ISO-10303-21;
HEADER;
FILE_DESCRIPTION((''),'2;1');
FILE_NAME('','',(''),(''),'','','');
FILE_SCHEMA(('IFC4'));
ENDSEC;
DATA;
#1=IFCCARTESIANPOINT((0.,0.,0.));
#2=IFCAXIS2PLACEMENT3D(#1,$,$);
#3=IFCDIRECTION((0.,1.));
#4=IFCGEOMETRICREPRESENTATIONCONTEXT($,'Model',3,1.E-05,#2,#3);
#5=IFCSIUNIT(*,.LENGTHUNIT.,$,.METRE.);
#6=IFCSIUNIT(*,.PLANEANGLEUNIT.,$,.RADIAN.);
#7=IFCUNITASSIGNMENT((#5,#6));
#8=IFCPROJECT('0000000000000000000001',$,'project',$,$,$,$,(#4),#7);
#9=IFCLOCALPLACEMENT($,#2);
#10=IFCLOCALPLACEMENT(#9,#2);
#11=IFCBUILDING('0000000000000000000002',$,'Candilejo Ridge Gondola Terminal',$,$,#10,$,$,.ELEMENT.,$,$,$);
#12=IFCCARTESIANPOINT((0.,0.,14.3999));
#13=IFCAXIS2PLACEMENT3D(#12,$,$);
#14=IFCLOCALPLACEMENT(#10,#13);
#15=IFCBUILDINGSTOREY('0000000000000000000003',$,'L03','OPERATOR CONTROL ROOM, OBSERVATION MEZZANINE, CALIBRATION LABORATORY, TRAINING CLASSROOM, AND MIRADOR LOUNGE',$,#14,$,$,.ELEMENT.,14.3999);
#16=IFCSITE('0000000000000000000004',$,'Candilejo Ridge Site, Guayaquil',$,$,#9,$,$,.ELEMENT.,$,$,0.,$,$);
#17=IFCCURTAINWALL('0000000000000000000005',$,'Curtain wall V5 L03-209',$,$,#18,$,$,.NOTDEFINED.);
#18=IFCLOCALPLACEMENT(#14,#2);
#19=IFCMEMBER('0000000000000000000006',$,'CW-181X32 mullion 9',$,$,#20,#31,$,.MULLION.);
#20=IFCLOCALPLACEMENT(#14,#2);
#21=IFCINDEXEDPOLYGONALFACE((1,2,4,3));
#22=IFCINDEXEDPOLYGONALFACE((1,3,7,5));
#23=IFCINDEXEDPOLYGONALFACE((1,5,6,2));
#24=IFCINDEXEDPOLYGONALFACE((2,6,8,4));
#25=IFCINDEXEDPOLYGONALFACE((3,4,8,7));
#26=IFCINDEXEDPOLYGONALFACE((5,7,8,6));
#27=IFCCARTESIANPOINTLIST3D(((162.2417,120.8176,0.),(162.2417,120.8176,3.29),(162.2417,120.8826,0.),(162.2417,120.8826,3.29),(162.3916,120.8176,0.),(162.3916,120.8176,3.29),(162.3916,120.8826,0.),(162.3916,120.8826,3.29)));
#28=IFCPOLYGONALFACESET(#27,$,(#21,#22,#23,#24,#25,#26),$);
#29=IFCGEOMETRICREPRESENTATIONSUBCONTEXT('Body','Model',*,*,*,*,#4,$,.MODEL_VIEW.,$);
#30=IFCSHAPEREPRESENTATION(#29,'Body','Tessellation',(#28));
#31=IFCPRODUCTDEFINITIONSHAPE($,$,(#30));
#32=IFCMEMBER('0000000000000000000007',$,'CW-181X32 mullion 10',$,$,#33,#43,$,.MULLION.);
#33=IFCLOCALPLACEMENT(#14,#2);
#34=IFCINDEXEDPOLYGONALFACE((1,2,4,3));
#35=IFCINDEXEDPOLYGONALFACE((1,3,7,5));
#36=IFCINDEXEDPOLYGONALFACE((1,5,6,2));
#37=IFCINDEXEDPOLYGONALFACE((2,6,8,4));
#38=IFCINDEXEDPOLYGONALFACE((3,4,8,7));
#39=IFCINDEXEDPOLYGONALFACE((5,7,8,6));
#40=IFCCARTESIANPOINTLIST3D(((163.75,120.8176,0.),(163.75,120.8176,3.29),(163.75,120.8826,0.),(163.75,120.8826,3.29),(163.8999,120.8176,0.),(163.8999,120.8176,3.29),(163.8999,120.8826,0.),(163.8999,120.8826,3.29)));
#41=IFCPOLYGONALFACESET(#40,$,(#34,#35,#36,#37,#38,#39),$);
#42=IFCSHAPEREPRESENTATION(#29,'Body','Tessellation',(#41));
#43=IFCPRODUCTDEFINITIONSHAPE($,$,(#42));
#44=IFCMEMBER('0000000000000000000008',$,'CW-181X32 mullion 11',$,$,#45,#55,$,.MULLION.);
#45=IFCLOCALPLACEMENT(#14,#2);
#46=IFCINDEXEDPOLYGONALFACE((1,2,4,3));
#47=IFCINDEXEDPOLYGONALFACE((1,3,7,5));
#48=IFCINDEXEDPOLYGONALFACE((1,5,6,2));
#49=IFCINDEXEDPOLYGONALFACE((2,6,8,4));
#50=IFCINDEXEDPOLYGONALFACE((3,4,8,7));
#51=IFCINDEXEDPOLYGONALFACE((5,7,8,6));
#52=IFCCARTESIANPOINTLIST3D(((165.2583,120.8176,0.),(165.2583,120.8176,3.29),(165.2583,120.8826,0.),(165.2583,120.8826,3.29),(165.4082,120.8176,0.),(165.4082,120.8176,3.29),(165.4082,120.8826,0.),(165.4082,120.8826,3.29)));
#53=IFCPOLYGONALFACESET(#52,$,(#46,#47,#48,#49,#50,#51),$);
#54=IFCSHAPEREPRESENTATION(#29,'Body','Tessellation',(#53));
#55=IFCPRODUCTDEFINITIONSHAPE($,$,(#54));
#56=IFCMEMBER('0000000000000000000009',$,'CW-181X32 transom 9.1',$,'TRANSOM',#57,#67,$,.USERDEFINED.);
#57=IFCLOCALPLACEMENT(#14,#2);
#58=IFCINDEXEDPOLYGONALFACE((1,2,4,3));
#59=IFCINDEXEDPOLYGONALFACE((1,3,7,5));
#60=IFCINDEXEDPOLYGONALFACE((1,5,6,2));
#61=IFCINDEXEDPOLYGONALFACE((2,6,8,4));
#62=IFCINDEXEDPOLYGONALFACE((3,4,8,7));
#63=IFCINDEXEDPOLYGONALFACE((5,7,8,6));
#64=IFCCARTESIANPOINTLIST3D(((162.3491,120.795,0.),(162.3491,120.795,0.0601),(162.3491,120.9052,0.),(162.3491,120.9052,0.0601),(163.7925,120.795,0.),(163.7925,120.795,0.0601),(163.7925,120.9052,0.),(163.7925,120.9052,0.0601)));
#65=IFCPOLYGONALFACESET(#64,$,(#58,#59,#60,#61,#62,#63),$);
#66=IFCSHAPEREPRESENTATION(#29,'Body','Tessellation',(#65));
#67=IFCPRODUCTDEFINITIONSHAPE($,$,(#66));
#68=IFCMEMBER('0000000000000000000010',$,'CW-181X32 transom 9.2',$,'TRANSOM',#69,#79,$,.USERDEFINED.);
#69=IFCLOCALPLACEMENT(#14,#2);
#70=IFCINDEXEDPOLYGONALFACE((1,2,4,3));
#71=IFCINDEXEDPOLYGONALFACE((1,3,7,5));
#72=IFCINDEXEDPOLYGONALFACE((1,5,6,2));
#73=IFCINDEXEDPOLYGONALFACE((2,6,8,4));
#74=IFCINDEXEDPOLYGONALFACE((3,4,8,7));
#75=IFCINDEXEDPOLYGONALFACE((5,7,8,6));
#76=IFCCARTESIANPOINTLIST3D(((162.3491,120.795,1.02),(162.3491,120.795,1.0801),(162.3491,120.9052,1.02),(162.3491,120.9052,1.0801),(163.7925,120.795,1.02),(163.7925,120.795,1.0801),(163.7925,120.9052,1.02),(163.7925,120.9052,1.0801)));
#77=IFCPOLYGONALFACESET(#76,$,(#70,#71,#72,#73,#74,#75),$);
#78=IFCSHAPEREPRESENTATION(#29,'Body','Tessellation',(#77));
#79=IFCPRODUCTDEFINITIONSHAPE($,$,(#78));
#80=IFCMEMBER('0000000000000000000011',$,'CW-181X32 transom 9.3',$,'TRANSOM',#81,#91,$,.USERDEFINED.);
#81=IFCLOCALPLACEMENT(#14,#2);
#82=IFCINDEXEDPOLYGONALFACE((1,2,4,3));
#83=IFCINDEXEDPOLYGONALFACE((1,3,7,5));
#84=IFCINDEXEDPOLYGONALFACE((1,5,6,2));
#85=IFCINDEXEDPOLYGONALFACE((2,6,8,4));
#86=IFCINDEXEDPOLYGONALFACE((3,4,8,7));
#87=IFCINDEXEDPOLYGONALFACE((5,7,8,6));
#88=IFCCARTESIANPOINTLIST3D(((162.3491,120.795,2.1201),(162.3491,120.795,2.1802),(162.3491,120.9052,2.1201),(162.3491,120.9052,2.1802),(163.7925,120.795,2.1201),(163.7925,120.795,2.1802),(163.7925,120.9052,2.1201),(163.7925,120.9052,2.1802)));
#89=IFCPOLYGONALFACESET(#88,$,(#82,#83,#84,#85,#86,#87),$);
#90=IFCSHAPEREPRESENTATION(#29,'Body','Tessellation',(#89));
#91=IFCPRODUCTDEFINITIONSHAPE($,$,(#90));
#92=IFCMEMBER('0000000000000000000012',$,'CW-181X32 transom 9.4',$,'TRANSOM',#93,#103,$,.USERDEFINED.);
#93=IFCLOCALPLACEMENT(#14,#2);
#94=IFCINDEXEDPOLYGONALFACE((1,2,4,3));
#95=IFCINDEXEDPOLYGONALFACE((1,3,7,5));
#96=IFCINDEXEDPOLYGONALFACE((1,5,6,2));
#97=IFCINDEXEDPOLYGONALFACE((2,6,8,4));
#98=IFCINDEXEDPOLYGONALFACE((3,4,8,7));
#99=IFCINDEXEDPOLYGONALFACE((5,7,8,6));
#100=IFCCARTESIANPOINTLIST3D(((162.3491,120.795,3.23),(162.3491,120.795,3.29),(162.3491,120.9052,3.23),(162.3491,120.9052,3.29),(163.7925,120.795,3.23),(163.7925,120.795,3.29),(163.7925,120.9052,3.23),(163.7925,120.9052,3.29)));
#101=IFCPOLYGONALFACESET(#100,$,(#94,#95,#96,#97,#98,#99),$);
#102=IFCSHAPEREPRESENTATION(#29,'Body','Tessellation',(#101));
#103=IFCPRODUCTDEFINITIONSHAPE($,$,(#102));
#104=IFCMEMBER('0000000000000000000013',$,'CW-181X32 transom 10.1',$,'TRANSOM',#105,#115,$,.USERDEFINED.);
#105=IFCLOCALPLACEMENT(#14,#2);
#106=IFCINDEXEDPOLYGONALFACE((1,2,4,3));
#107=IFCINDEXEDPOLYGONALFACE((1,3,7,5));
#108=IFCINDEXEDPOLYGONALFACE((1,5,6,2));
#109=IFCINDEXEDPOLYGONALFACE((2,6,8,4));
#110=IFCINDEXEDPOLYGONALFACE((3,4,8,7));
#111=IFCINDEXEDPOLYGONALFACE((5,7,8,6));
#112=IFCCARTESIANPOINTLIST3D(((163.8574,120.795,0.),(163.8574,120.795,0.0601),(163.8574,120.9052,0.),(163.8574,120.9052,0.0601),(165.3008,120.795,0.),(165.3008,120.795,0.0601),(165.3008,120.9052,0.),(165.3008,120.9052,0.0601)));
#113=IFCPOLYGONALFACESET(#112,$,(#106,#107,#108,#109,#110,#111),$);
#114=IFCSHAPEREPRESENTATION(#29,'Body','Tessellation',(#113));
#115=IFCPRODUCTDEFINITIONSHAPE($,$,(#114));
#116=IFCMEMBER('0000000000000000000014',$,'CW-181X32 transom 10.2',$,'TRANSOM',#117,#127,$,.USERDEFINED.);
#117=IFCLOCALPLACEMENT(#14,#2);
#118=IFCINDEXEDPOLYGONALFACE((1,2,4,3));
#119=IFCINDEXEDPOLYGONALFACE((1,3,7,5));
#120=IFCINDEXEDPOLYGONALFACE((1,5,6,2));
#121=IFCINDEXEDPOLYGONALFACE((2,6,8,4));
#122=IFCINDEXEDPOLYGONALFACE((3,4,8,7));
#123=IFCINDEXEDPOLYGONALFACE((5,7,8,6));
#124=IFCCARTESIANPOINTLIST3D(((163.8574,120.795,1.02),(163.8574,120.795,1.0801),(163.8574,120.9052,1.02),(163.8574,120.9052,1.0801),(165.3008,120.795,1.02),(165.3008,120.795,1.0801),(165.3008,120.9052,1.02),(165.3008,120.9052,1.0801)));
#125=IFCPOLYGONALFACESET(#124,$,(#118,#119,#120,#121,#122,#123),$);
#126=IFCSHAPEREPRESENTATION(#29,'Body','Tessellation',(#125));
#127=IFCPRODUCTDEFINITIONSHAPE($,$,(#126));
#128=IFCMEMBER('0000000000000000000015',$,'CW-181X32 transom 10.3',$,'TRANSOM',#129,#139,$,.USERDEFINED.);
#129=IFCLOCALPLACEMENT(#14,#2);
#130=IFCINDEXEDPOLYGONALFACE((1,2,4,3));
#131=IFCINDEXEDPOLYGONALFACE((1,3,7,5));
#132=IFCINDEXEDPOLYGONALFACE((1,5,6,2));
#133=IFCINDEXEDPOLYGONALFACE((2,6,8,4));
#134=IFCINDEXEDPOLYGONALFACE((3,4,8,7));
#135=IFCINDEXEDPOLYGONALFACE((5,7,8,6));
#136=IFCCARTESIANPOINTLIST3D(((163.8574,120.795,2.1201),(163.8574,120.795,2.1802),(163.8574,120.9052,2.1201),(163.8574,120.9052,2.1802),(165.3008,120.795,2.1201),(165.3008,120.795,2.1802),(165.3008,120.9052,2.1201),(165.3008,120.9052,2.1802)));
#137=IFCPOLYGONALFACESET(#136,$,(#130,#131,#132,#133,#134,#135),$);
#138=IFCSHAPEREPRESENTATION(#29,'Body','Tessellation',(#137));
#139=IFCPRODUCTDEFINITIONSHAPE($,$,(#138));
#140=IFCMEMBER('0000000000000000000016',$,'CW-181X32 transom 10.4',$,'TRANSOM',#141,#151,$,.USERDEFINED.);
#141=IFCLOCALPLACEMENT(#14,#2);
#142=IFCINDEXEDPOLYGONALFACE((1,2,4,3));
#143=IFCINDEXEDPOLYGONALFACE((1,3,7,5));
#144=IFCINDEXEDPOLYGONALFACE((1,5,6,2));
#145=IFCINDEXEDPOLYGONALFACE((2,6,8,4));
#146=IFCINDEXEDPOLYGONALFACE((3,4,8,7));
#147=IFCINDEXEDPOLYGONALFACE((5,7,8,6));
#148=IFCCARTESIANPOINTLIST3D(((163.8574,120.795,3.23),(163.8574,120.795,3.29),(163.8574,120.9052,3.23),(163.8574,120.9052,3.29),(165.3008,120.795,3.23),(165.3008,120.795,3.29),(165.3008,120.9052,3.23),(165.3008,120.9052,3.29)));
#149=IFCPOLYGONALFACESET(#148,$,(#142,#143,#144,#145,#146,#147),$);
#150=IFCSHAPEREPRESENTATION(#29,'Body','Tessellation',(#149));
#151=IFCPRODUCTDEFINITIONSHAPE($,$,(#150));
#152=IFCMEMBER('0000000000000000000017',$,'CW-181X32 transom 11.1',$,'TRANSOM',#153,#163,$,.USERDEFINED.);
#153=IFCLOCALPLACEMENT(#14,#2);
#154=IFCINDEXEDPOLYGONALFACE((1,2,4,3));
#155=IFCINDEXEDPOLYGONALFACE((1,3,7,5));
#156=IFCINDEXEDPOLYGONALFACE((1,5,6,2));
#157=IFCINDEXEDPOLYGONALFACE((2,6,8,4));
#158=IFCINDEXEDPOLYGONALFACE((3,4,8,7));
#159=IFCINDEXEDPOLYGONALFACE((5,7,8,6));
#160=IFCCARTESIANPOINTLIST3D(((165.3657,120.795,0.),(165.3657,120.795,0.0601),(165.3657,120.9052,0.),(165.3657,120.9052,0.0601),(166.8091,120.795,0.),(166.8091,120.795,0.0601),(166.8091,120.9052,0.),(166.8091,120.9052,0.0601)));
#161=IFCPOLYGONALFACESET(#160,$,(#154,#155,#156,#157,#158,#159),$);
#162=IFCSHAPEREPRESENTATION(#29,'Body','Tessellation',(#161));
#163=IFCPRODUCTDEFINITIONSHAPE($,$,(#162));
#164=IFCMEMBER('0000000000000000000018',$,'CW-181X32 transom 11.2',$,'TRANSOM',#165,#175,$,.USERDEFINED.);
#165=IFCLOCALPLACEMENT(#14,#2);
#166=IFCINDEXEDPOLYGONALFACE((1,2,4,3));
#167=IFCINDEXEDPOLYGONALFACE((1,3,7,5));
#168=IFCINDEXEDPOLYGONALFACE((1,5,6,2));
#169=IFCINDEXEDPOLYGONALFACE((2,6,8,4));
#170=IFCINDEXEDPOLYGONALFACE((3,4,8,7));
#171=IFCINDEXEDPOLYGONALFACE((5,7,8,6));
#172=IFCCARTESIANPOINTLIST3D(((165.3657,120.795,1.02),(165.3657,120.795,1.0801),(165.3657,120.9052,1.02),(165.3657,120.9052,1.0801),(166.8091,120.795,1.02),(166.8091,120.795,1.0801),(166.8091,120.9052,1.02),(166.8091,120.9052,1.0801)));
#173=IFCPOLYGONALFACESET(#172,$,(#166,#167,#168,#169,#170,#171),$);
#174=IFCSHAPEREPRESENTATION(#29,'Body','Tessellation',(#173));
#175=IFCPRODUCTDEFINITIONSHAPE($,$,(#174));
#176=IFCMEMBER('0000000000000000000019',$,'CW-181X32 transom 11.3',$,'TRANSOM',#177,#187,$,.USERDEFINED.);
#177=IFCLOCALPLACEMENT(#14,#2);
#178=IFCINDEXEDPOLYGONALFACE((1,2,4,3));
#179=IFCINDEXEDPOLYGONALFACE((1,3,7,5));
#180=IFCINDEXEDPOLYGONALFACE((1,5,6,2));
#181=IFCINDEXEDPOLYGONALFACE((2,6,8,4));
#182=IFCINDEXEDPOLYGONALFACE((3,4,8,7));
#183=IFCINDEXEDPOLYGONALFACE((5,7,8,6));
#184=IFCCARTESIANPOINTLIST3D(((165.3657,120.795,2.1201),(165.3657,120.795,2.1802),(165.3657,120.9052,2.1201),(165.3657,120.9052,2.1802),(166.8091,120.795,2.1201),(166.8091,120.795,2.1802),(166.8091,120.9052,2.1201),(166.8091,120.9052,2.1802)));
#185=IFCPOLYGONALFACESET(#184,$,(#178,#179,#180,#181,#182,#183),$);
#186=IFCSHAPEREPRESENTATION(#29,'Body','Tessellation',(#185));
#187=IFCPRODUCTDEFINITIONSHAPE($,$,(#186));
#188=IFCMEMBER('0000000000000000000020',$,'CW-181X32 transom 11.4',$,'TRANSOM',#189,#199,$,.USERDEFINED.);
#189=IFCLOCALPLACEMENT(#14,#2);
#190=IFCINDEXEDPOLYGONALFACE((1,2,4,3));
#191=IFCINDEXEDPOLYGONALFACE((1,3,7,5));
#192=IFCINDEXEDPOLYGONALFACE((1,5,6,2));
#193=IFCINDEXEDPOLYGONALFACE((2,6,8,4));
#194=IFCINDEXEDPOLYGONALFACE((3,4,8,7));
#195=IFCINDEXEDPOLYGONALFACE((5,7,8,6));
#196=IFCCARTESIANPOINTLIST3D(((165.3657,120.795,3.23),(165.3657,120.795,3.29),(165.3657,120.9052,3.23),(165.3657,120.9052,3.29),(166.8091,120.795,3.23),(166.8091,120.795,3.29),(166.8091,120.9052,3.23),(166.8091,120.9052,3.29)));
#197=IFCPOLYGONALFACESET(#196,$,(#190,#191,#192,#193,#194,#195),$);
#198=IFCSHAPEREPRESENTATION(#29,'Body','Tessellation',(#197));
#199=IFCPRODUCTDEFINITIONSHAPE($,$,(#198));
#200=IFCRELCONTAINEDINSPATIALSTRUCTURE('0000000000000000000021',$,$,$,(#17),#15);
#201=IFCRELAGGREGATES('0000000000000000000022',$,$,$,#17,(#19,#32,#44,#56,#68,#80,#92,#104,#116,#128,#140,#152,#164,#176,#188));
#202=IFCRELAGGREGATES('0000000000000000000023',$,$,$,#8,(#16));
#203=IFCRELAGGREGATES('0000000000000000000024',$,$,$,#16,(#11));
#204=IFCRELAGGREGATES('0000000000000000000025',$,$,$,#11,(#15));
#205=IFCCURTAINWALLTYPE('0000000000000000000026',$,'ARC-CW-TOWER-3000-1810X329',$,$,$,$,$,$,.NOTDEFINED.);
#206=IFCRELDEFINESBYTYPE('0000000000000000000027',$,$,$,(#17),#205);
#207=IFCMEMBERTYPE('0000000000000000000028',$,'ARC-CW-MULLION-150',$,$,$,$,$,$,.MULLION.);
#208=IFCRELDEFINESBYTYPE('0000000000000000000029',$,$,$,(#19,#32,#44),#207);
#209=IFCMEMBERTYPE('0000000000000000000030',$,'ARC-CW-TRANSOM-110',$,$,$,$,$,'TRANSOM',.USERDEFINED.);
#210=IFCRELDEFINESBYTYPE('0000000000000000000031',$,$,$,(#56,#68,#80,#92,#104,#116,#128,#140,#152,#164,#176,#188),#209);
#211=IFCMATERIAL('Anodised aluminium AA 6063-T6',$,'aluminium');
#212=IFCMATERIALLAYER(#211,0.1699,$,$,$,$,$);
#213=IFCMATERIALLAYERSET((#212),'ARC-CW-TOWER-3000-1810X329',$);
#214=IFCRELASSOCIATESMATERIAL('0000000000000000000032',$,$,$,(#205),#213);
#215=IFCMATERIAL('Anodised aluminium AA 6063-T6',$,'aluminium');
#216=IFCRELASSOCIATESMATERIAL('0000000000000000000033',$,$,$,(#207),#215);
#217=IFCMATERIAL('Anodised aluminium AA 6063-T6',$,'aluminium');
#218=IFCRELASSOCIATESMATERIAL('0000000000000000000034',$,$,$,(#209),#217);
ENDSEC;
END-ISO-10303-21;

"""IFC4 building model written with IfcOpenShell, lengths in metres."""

from ifc_helpers import new_model, si_unit, direction, frame, origin, origin_2d, place, context, subcontext, project, spatial, rectangle, extrude, material, layer, layer_set, material_profile, profile_set, type_object, element, aggregate, save


model = new_model("IFC4")

# Units and contexts
model_context = context("Model", 3, precision=1e-05, world=origin(), true_north=direction((0.0, 1.0)))
body_context = subcontext(model_context, "Body", "Model", "MODEL_VIEW")
ifc_project = project(units=[si_unit("LENGTHUNIT", "METRE"), si_unit("PLANEANGLEUNIT", "RADIAN")], contexts=[model_context])

# Site, building, storey
site_placement = place(None, origin())
site = spatial("IfcSite", under=ifc_project, at=site_placement, Name="Candilejo Ridge Site, Guayaquil", CompositionType="ELEMENT", RefElevation=0.0)
building_placement = place(site_placement, origin())
building = spatial("IfcBuilding", under=site, at=building_placement, Name="Candilejo Ridge Gondola Terminal", CompositionType="ELEMENT")
storey_placement = place(building_placement, frame((0.0, 0.0, 14.3999)))
storey = spatial("IfcBuildingStorey", under=building, at=storey_placement, Name="L03", Description="OPERATOR CONTROL ROOM, OBSERVATION MEZZANINE, CALIBRATION LABORATORY, TRAINING CLASSROOM, AND MIRADOR LOUNGE", CompositionType="ELEMENT", Elevation=14.3999)

# Curtain wall, members
ifc_material_1 = material(Name="Anodised aluminium AA 6063-T6", Category="aluminium")
ifc_layer_1 = layer(ifc_material_1, 0.1699)
ifc_layer_set_1 = layer_set([ifc_layer_1], Name="ARC-CW-TOWER-3000-1810X329")
curtain_wall_type = type_object("IfcCurtainWallType", Name="ARC-CW-TOWER-3000-1810X329", PredefinedType="NOTDEFINED", material=ifc_layer_set_1)
curtain_wall_placement = place(storey_placement, origin())
curtain_wall = element("IfcCurtainWall", 1, at=curtain_wall_placement, inside=storey, type_object=curtain_wall_type, Name="Curtain wall V5 L03-209", PredefinedType="NOTDEFINED")
ifc_material_2 = material(Name="Anodised aluminium AA 6063-T6", Category="aluminium")
ifc_material_profile_1 = material_profile(ifc_material_2, rectangle(XDim=0.0649, YDim=0.1499, at=origin_2d()))
ifc_profile_set_1 = profile_set([ifc_material_profile_1], Name="Anodised aluminium AA 6063-T6")
member_type_1 = type_object("IfcMemberType", Name="ARC-CW-MULLION-150", PredefinedType="MULLION", material=ifc_profile_set_1)
member_1_placement = place(storey_placement, frame((162.3167, 120.8501, 0.0), z_axis=(0.0, 0.0, 1.0), x_axis=(0.0, 1.0, 0.0)))
member_1 = element("IfcMember", 2, at=member_1_placement, type_object=member_type_1, Name="CW-181X32 mullion 9", PredefinedType="MULLION", context=body_context, shape_type="SweptSolid", body=[
    extrude(rectangle(XDim=0.0649, YDim=0.1499, at=origin_2d()), origin(), (0.0, 0.0, 1.0), 3.29),
])
member_2_placement = place(storey_placement, frame((163.825, 120.8501, 0.0), z_axis=(0.0, 0.0, 1.0), x_axis=(0.0, 1.0, 0.0)))
member_2 = element("IfcMember", 3, at=member_2_placement, type_object=member_type_1, Name="CW-181X32 mullion 10", PredefinedType="MULLION", context=body_context, shape_type="SweptSolid", body=[
    extrude(rectangle(XDim=0.0649, YDim=0.1499, at=origin_2d()), origin(), (0.0, 0.0, 1.0), 3.29),
])
member_3_placement = place(storey_placement, frame((165.3333, 120.8501, 0.0), z_axis=(0.0, 0.0, 1.0), x_axis=(0.0, 1.0, 0.0)))
member_3 = element("IfcMember", 4, at=member_3_placement, type_object=member_type_1, Name="CW-181X32 mullion 11", PredefinedType="MULLION", context=body_context, shape_type="SweptSolid", body=[
    extrude(rectangle(XDim=0.0649, YDim=0.1499, at=origin_2d()), origin(), (0.0, 0.0, 1.0), 3.29),
])
ifc_material_3 = material(Name="Anodised aluminium AA 6063-T6", Category="aluminium")
ifc_material_profile_2 = material_profile(ifc_material_3, rectangle(XDim=0.1101, YDim=0.0601, at=origin_2d()))
ifc_profile_set_2 = profile_set([ifc_material_profile_2], Name="Anodised aluminium AA 6063-T6")
member_type_2 = type_object("IfcMemberType", Name="ARC-CW-TRANSOM-110", ElementType="TRANSOM", PredefinedType="USERDEFINED", material=ifc_profile_set_2)
member_4_placement = place(storey_placement, frame((162.3491, 120.8501, 0.03), z_axis=(1.0, 0.0, 0.0), x_axis=(0.0, 1.0, 0.0)))
member_4 = element("IfcMember", 5, at=member_4_placement, type_object=member_type_2, Name="CW-181X32 transom 9.1", ObjectType="TRANSOM", PredefinedType="USERDEFINED", context=body_context, shape_type="SweptSolid", body=[
    extrude(rectangle(XDim=0.1101, YDim=0.0601, at=origin_2d()), origin(), (0.0, 0.0, 1.0), 1.4434),
])
member_5_placement = place(storey_placement, frame((162.3491, 120.8501, 1.05), z_axis=(1.0, 0.0, 0.0), x_axis=(0.0, 1.0, 0.0)))
member_5 = element("IfcMember", 6, at=member_5_placement, type_object=member_type_2, Name="CW-181X32 transom 9.2", ObjectType="TRANSOM", PredefinedType="USERDEFINED", context=body_context, shape_type="SweptSolid", body=[
    extrude(rectangle(XDim=0.1101, YDim=0.0601, at=origin_2d()), origin(), (0.0, 0.0, 1.0), 1.4434),
])
member_6_placement = place(storey_placement, frame((162.3491, 120.8501, 2.1501), z_axis=(1.0, 0.0, 0.0), x_axis=(0.0, 1.0, 0.0)))
member_6 = element("IfcMember", 7, at=member_6_placement, type_object=member_type_2, Name="CW-181X32 transom 9.3", ObjectType="TRANSOM", PredefinedType="USERDEFINED", context=body_context, shape_type="SweptSolid", body=[
    extrude(rectangle(XDim=0.1101, YDim=0.0601, at=origin_2d()), origin(), (0.0, 0.0, 1.0), 1.4434),
])
member_7_placement = place(storey_placement, frame((162.3491, 120.8501, 3.26), z_axis=(1.0, 0.0, 0.0), x_axis=(0.0, 1.0, 0.0)))
member_7 = element("IfcMember", 8, at=member_7_placement, type_object=member_type_2, Name="CW-181X32 transom 9.4", ObjectType="TRANSOM", PredefinedType="USERDEFINED", context=body_context, shape_type="SweptSolid", body=[
    extrude(rectangle(XDim=0.1101, YDim=0.0601, at=origin_2d()), origin(), (0.0, 0.0, 1.0), 1.4434),
])
member_8_placement = place(storey_placement, frame((163.8574, 120.8501, 0.03), z_axis=(1.0, 0.0, 0.0), x_axis=(0.0, 1.0, 0.0)))
member_8 = element("IfcMember", 9, at=member_8_placement, type_object=member_type_2, Name="CW-181X32 transom 10.1", ObjectType="TRANSOM", PredefinedType="USERDEFINED", context=body_context, shape_type="SweptSolid", body=[
    extrude(rectangle(XDim=0.1101, YDim=0.0601, at=origin_2d()), origin(), (0.0, 0.0, 1.0), 1.4434),
])
member_9_placement = place(storey_placement, frame((163.8574, 120.8501, 1.05), z_axis=(1.0, 0.0, 0.0), x_axis=(0.0, 1.0, 0.0)))
member_9 = element("IfcMember", 10, at=member_9_placement, type_object=member_type_2, Name="CW-181X32 transom 10.2", ObjectType="TRANSOM", PredefinedType="USERDEFINED", context=body_context, shape_type="SweptSolid", body=[
    extrude(rectangle(XDim=0.1101, YDim=0.0601, at=origin_2d()), origin(), (0.0, 0.0, 1.0), 1.4434),
])
member_10_placement = place(storey_placement, frame((163.8574, 120.8501, 2.1501), z_axis=(1.0, 0.0, 0.0), x_axis=(0.0, 1.0, 0.0)))
member_10 = element("IfcMember", 11, at=member_10_placement, type_object=member_type_2, Name="CW-181X32 transom 10.3", ObjectType="TRANSOM", PredefinedType="USERDEFINED", context=body_context, shape_type="SweptSolid", body=[
    extrude(rectangle(XDim=0.1101, YDim=0.0601, at=origin_2d()), origin(), (0.0, 0.0, 1.0), 1.4434),
])
member_11_placement = place(storey_placement, frame((163.8574, 120.8501, 3.26), z_axis=(1.0, 0.0, 0.0), x_axis=(0.0, 1.0, 0.0)))
member_11 = element("IfcMember", 12, at=member_11_placement, type_object=member_type_2, Name="CW-181X32 transom 10.4", ObjectType="TRANSOM", PredefinedType="USERDEFINED", context=body_context, shape_type="SweptSolid", body=[
    extrude(rectangle(XDim=0.1101, YDim=0.0601, at=origin_2d()), origin(), (0.0, 0.0, 1.0), 1.4434),
])
member_12_placement = place(storey_placement, frame((165.3657, 120.8501, 0.03), z_axis=(1.0, 0.0, 0.0), x_axis=(0.0, 1.0, 0.0)))
member_12 = element("IfcMember", 13, at=member_12_placement, type_object=member_type_2, Name="CW-181X32 transom 11.1", ObjectType="TRANSOM", PredefinedType="USERDEFINED", context=body_context, shape_type="SweptSolid", body=[
    extrude(rectangle(XDim=0.1101, YDim=0.0601, at=origin_2d()), origin(), (0.0, 0.0, 1.0), 1.4434),
])
member_13_placement = place(storey_placement, frame((165.3657, 120.8501, 1.05), z_axis=(1.0, 0.0, 0.0), x_axis=(0.0, 1.0, 0.0)))
member_13 = element("IfcMember", 14, at=member_13_placement, type_object=member_type_2, Name="CW-181X32 transom 11.2", ObjectType="TRANSOM", PredefinedType="USERDEFINED", context=body_context, shape_type="SweptSolid", body=[
    extrude(rectangle(XDim=0.1101, YDim=0.0601, at=origin_2d()), origin(), (0.0, 0.0, 1.0), 1.4434),
])
member_14_placement = place(storey_placement, frame((165.3657, 120.8501, 2.1501), z_axis=(1.0, 0.0, 0.0), x_axis=(0.0, 1.0, 0.0)))
member_14 = element("IfcMember", 15, at=member_14_placement, type_object=member_type_2, Name="CW-181X32 transom 11.3", ObjectType="TRANSOM", PredefinedType="USERDEFINED", context=body_context, shape_type="SweptSolid", body=[
    extrude(rectangle(XDim=0.1101, YDim=0.0601, at=origin_2d()), origin(), (0.0, 0.0, 1.0), 1.4434),
])
member_15_placement = place(storey_placement, frame((165.3657, 120.8501, 3.26), z_axis=(1.0, 0.0, 0.0), x_axis=(0.0, 1.0, 0.0)))
member_15 = element("IfcMember", 16, at=member_15_placement, type_object=member_type_2, Name="CW-181X32 transom 11.4", ObjectType="TRANSOM", PredefinedType="USERDEFINED", context=body_context, shape_type="SweptSolid", body=[
    extrude(rectangle(XDim=0.1101, YDim=0.0601, at=origin_2d()), origin(), (0.0, 0.0, 1.0), 1.4434),
])
aggregate(curtain_wall, [member_1, member_2, member_3, member_4, member_5, member_6, member_7, member_8, member_9, member_10, member_11, member_12, member_13, member_14, member_15])

save(model, "model.ifc")
